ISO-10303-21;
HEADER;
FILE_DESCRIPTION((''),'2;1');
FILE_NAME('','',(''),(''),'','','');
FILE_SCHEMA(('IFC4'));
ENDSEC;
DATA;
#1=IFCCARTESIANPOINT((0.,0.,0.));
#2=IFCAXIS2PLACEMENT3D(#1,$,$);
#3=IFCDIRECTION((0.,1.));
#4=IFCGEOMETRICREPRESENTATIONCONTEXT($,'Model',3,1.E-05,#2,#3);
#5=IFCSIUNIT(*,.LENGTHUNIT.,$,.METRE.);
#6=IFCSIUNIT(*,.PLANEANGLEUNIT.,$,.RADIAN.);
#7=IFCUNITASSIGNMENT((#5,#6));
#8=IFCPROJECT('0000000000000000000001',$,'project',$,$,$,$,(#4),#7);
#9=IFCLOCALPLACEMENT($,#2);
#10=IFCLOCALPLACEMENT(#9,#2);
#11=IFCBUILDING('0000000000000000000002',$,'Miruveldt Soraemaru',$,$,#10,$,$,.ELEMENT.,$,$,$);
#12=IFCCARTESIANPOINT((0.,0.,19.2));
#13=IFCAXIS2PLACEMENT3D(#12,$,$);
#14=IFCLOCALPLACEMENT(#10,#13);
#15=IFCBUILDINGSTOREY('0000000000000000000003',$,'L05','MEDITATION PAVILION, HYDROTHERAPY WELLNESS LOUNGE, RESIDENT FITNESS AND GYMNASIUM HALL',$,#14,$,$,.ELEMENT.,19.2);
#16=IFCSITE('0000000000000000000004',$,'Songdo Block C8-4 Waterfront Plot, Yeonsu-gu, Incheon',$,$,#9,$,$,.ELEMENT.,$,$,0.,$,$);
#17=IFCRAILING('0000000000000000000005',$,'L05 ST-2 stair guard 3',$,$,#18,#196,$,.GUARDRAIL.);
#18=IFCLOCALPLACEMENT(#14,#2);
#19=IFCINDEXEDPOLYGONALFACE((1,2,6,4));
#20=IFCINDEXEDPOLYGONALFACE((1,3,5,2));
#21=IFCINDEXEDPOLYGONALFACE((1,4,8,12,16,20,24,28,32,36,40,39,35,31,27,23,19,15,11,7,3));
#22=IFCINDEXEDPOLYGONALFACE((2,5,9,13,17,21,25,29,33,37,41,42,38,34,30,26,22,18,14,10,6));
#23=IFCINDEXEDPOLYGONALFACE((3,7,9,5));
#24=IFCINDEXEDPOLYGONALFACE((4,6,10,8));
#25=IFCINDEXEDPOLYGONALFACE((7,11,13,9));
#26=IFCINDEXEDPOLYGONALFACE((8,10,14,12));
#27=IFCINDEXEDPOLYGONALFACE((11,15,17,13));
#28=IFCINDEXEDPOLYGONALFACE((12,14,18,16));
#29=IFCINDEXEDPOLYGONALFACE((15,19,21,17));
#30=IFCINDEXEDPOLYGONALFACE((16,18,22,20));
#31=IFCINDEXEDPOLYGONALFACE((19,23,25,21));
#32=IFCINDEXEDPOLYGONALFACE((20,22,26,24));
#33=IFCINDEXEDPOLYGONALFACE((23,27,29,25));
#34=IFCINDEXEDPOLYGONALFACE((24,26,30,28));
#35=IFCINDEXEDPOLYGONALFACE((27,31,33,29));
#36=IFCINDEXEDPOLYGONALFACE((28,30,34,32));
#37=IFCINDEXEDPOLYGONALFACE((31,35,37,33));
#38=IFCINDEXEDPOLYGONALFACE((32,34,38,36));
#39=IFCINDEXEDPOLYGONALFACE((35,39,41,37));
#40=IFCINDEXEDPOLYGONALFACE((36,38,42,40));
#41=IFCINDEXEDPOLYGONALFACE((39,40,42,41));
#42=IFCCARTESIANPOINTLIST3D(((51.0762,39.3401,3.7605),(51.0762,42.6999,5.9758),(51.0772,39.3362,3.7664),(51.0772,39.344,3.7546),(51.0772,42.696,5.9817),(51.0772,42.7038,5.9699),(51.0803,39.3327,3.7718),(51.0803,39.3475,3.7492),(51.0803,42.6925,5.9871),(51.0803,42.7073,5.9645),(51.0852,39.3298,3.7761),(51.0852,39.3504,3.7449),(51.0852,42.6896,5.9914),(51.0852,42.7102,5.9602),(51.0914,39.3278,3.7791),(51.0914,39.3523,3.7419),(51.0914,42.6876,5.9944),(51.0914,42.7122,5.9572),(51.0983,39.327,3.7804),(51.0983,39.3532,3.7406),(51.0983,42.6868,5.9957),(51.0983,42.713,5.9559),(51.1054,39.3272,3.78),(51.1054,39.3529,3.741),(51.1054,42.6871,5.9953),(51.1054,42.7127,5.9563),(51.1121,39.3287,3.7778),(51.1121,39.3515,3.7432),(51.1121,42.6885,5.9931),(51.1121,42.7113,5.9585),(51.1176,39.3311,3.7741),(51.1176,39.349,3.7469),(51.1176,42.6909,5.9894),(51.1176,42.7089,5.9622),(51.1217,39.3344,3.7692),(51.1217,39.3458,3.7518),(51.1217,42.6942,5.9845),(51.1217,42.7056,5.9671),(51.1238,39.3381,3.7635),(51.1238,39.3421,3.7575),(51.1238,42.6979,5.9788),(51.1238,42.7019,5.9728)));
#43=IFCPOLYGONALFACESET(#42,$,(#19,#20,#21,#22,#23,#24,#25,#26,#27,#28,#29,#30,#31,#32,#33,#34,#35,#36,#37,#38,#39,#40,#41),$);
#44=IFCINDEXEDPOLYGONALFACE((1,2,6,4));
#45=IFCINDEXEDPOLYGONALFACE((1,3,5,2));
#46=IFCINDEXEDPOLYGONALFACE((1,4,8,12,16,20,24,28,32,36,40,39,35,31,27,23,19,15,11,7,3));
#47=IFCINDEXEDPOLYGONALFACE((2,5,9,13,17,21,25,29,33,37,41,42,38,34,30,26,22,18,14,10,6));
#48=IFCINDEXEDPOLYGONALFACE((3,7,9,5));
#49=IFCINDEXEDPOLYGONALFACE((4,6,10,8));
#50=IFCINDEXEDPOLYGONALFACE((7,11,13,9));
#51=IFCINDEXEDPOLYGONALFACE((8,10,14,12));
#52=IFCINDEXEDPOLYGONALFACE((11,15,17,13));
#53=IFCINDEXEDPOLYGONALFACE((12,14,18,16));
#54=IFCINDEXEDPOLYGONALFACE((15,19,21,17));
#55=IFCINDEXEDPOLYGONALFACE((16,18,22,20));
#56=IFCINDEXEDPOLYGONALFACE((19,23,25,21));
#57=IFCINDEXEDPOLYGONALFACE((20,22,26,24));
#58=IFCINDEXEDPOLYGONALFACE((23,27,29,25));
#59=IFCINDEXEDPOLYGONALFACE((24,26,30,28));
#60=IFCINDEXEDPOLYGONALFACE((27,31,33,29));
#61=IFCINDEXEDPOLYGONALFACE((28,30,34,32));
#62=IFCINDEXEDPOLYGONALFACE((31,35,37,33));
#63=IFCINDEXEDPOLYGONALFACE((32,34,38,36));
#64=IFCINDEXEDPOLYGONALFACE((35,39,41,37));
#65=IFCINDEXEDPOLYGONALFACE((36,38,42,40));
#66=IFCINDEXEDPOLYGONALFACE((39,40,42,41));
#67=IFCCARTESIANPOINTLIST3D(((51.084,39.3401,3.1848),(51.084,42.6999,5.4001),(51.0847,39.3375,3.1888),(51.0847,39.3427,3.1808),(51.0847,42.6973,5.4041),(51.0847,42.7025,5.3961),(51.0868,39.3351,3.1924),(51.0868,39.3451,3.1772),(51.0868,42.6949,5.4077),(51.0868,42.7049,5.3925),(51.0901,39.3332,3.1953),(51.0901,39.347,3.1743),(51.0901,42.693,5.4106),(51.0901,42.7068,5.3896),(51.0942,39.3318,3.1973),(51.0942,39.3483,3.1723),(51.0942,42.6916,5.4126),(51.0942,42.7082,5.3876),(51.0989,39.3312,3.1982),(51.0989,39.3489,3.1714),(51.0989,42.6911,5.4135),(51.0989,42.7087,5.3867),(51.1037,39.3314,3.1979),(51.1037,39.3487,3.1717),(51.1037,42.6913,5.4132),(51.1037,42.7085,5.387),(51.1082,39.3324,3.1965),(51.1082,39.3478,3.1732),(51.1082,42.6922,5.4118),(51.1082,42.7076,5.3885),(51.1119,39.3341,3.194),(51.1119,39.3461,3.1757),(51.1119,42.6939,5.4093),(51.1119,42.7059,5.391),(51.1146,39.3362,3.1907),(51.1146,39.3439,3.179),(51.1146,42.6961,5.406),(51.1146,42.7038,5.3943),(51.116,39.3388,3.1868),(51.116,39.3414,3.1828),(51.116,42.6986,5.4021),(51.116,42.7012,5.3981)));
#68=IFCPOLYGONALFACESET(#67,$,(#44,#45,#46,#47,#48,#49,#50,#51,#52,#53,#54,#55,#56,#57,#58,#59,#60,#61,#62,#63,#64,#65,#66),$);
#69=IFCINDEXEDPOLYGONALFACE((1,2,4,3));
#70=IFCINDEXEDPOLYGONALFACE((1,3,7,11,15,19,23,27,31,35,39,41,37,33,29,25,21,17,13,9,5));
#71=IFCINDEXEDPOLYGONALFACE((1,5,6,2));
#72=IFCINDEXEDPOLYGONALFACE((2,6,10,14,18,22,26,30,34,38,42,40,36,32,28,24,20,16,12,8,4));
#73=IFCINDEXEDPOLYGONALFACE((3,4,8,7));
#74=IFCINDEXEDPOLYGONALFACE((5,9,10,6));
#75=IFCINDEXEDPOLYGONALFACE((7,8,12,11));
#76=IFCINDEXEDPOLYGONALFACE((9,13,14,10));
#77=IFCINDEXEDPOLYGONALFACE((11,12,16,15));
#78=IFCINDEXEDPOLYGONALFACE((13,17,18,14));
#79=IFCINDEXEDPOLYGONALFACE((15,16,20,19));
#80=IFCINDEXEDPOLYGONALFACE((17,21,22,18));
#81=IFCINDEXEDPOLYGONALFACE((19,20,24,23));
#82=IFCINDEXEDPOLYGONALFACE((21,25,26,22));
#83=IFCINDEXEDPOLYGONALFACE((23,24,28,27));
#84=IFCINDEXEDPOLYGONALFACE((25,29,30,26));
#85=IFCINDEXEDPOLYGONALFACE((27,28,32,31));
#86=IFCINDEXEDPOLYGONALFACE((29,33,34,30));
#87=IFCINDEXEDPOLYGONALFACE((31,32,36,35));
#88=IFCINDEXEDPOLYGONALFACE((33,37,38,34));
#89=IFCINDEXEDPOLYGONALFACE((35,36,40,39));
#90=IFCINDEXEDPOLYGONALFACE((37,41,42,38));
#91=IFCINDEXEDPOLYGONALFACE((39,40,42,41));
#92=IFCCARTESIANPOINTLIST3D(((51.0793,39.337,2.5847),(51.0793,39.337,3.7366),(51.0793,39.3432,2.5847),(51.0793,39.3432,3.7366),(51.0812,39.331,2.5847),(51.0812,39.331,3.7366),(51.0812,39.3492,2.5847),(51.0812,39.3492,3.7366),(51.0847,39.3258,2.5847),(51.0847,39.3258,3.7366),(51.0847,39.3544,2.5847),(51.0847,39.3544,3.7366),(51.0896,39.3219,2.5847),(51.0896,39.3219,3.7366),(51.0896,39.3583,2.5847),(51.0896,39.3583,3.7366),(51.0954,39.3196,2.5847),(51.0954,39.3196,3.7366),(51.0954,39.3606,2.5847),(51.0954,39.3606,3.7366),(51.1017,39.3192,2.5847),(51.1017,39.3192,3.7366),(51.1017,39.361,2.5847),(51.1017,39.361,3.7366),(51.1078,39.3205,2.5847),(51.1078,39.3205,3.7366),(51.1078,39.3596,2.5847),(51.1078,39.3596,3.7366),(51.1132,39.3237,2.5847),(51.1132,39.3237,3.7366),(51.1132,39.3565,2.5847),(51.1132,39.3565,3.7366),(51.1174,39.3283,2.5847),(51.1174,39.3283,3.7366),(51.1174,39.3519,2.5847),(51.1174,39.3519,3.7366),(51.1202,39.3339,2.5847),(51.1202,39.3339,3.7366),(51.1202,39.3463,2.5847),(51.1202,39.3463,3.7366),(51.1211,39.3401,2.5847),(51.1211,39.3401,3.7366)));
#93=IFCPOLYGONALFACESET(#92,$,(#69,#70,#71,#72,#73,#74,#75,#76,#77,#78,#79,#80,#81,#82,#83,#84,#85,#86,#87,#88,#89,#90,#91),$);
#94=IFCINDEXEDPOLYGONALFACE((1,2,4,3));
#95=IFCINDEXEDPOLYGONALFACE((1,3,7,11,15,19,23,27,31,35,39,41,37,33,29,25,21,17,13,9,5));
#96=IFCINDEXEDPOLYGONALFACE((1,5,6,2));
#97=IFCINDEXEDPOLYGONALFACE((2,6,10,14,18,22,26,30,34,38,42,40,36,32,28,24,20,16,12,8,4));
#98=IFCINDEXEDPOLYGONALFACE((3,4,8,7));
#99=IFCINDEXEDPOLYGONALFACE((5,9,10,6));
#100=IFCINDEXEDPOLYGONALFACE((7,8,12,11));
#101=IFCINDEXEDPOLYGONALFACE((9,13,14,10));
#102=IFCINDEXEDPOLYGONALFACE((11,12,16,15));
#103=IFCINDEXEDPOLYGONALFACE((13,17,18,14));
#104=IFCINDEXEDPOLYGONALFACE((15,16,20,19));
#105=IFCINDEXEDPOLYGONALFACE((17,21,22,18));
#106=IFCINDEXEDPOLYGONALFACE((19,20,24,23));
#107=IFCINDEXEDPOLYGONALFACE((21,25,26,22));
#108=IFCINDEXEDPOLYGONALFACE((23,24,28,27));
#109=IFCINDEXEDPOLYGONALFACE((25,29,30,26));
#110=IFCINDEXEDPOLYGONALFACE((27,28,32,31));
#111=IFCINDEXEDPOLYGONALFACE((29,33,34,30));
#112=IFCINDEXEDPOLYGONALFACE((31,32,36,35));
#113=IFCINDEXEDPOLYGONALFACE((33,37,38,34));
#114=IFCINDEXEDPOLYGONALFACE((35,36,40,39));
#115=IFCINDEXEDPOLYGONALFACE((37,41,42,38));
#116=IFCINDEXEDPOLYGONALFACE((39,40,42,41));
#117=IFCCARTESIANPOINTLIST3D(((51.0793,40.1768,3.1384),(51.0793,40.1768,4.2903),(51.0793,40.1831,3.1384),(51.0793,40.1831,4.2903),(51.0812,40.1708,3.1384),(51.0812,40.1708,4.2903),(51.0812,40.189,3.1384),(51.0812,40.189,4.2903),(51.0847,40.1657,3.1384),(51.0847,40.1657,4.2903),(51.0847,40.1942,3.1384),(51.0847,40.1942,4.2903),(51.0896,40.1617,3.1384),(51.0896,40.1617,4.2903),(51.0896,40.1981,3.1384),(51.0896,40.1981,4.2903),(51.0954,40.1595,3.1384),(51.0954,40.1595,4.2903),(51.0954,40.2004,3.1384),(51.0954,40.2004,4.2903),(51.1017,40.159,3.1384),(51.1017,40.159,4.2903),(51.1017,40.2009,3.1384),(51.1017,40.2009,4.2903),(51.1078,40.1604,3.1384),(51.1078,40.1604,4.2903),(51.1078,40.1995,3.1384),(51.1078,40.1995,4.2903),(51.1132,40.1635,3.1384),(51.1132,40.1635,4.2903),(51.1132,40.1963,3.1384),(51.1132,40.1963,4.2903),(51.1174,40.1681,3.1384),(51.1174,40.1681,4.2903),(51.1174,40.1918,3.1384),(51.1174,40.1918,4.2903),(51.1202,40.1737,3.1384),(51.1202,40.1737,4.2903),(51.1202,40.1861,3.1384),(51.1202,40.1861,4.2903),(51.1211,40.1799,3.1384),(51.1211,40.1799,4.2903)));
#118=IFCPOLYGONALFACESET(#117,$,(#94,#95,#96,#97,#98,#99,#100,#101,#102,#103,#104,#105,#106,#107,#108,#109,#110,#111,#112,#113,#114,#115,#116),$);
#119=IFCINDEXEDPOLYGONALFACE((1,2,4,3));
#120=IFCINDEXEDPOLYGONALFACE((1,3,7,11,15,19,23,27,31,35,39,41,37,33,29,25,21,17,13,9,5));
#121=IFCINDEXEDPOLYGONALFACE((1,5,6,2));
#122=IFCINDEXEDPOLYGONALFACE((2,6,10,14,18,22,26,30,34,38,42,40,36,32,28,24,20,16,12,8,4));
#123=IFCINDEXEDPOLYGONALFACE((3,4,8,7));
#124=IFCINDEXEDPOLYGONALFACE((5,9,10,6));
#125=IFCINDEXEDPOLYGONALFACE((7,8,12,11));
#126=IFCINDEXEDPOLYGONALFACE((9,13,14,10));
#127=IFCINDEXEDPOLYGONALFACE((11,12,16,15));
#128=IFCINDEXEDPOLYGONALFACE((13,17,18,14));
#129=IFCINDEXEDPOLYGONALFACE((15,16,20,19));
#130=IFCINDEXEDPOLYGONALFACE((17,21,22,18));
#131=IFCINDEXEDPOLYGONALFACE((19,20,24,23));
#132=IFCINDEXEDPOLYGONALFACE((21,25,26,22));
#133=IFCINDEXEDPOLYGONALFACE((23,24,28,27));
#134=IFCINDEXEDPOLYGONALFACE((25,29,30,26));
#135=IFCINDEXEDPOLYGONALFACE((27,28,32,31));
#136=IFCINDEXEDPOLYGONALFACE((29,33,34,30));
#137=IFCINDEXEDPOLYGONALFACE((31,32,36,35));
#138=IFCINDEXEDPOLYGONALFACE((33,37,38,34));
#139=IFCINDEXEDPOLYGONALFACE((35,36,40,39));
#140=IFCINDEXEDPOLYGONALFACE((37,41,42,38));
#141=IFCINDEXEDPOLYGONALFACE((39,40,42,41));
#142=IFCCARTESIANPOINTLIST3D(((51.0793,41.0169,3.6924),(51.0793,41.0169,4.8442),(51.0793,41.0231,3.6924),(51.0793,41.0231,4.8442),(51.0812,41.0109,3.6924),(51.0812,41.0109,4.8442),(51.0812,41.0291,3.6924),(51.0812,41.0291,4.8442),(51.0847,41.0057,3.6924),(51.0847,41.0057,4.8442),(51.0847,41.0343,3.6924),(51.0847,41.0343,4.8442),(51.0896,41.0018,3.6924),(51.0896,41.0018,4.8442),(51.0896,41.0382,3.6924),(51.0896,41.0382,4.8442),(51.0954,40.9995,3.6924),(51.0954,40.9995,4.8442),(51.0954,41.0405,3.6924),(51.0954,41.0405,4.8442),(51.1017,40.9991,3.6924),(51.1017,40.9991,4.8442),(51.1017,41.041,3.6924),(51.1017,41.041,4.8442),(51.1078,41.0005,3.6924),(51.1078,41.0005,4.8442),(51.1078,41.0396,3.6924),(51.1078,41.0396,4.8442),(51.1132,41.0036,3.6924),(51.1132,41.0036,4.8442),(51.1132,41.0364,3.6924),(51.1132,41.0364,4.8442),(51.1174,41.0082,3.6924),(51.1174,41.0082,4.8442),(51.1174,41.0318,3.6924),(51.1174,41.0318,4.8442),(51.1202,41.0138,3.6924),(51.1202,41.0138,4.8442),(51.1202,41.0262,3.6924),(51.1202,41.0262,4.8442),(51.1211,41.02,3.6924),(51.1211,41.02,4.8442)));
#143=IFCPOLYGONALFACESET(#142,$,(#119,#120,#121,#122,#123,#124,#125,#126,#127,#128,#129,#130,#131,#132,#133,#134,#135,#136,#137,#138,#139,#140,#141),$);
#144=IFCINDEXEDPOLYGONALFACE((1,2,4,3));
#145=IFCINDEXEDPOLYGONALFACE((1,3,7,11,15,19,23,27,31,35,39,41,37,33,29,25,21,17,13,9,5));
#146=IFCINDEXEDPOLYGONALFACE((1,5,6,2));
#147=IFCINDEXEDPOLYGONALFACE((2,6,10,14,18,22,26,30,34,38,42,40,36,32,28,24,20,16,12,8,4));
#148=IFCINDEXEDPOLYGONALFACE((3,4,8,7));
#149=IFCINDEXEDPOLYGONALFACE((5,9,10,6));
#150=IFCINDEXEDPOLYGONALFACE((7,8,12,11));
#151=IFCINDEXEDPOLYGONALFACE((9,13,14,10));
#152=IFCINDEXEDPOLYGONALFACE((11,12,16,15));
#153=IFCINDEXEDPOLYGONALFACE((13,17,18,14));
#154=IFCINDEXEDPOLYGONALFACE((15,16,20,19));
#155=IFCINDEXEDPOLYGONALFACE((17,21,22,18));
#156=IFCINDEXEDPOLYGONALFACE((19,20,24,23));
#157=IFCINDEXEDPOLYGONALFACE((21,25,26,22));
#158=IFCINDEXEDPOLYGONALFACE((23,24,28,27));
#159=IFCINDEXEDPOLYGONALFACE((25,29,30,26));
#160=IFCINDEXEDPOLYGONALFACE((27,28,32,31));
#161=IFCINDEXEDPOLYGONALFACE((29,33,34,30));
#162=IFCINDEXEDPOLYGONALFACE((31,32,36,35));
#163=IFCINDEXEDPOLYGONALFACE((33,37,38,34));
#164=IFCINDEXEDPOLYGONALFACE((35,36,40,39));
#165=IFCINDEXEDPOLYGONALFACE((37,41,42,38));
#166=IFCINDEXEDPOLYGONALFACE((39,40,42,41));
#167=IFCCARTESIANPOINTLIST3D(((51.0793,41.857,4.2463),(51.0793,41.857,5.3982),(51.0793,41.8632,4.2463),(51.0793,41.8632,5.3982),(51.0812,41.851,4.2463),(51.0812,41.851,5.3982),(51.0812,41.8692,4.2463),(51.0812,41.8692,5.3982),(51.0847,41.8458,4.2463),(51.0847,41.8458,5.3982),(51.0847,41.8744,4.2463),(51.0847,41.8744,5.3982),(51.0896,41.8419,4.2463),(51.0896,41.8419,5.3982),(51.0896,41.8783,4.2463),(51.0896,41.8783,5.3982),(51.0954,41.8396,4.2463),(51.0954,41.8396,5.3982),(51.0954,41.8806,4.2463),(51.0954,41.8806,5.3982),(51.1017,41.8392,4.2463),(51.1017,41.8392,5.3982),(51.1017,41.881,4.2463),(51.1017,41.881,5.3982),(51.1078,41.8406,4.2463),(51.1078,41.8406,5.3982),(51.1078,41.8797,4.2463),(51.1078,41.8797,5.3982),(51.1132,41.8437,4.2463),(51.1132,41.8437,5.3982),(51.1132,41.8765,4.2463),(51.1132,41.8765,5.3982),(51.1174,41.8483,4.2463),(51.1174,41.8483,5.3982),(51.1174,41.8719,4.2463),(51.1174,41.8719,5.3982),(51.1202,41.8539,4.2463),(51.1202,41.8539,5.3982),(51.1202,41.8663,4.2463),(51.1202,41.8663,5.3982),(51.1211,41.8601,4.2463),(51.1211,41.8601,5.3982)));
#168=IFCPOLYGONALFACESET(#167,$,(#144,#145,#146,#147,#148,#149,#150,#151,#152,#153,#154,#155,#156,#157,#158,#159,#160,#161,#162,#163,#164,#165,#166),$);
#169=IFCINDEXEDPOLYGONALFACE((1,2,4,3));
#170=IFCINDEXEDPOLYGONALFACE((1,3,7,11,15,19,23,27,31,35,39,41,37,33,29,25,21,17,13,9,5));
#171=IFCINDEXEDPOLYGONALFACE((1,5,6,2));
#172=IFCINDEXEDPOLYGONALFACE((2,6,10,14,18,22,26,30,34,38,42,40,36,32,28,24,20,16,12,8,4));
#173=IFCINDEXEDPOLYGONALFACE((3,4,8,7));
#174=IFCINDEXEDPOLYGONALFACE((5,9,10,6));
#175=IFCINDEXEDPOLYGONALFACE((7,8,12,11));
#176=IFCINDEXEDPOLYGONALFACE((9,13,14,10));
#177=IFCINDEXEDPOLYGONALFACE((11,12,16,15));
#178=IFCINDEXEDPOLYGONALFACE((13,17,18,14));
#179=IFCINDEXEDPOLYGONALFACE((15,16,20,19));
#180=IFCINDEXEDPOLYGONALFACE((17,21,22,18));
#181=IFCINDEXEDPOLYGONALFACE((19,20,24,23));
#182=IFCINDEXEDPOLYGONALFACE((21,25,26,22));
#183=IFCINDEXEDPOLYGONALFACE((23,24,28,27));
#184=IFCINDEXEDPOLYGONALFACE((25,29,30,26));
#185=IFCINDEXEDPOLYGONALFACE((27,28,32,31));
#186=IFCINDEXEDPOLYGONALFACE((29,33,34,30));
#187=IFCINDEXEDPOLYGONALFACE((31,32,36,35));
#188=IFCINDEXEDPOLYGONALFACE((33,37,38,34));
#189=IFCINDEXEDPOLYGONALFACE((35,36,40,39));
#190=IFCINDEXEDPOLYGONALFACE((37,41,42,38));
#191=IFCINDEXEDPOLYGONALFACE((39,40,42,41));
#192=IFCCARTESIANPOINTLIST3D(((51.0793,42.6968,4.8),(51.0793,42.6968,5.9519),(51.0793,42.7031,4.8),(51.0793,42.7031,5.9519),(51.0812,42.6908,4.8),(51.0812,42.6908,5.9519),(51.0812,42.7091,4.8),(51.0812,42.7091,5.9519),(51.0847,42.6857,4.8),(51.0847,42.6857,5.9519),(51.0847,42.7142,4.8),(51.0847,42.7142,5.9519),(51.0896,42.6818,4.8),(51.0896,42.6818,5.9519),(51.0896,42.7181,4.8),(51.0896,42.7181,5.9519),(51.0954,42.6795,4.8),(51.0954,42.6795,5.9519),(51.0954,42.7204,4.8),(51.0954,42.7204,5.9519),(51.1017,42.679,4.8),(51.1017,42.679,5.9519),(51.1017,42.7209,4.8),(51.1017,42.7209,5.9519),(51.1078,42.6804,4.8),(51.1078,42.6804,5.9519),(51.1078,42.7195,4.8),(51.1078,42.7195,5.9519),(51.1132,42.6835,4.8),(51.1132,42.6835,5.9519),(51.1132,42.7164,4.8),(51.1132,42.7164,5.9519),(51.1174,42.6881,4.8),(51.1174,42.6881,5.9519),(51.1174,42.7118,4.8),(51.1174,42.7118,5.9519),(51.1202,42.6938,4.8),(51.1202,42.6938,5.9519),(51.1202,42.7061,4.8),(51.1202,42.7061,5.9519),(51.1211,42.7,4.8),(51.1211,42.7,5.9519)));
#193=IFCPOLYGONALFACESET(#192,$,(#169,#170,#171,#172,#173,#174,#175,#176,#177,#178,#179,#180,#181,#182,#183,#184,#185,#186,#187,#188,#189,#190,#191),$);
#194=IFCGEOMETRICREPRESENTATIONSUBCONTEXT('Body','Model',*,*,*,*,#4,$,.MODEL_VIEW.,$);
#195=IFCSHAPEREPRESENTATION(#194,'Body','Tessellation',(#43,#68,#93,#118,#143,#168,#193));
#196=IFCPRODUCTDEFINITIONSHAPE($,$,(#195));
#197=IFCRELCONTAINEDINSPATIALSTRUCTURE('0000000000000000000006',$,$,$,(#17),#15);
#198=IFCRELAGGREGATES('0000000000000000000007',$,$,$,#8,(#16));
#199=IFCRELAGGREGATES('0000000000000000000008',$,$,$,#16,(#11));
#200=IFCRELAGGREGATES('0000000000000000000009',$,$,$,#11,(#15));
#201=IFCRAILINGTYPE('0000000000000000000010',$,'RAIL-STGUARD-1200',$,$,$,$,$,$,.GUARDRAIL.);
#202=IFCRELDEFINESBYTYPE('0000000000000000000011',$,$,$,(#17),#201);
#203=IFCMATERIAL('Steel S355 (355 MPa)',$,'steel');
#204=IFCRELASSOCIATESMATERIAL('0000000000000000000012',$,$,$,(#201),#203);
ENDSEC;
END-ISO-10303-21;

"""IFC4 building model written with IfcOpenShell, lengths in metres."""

from ifc_helpers import new_model, si_unit, direction, frame, origin, origin_2d, place, context, subcontext, project, spatial, circle, extrude, material, type_object, element, save


model = new_model("IFC4")

# Units and contexts
model_context = context("Model", 3, precision=1e-05, world=origin(), true_north=direction((0.0, 1.0)))
body_context = subcontext(model_context, "Body", "Model", "MODEL_VIEW")
ifc_project = project(units=[si_unit("LENGTHUNIT", "METRE"), si_unit("PLANEANGLEUNIT", "RADIAN")], contexts=[model_context])

# Site, building, storey
site_placement = place(None, origin())
site = spatial("IfcSite", under=ifc_project, at=site_placement, Name="Songdo Block C8-4 Waterfront Plot, Yeonsu-gu, Incheon", CompositionType="ELEMENT", RefElevation=0.0)
building_placement = place(site_placement, origin())
building = spatial("IfcBuilding", under=site, at=building_placement, Name="Miruveldt Soraemaru", CompositionType="ELEMENT")
storey_placement = place(building_placement, frame((0.0, 0.0, 19.2)))
storey = spatial("IfcBuildingStorey", under=building, at=storey_placement, Name="L05", Description="MEDITATION PAVILION, HYDROTHERAPY WELLNESS LOUNGE, RESIDENT FITNESS AND GYMNASIUM HALL", CompositionType="ELEMENT", Elevation=19.2)

# Railing
ifc_material_1 = material(Name="Steel S355 (355 MPa)", Category="steel")
railing_type_1 = type_object("IfcRailingType", Name="RAIL-STGUARD-1200", PredefinedType="GUARDRAIL", material=ifc_material_1)
railing_1_placement = place(storey_placement, frame((51.1001, 39.3401, 2.5847)))
element("IfcRailing", 1, at=railing_1_placement, inside=storey, type_object=railing_type_1, Name="L05 ST-2 stair guard 3", PredefinedType="GUARDRAIL", context=body_context, shape_type="SweptSolid", body=[
    extrude(circle(Radius=0.0239, at=origin_2d()), frame((0.0, 0.0, 1.1758), z_axis=(0.0, 0.834858, 0.550465), x_axis=(-1.0, 0.0, 0.0)), (0.0, 0.0, 1.0), 4.0244),
    extrude(circle(Radius=0.0161, at=origin_2d()), frame((0.0, 0.0, 0.6001), z_axis=(0.0, 0.834858, 0.550465), x_axis=(-1.0, 0.0, 0.0)), (0.0, 0.0, 1.0), 4.0244),
    extrude(circle(Radius=0.021, at=origin_2d()), origin(), (0.0, 0.0, 1.0), 1.1519),
    extrude(circle(Radius=0.021, at=origin_2d()), frame((0.0, 0.8398, 0.5537)), (0.0, 0.0, 1.0), 1.1519),
    extrude(circle(Radius=0.021, at=origin_2d()), frame((0.0, 1.6799, 1.1077)), (0.0, 0.0, 1.0), 1.1519),
    extrude(circle(Radius=0.021, at=origin_2d()), frame((0.0, 2.52, 1.6616)), (0.0, 0.0, 1.0), 1.1519),
    extrude(circle(Radius=0.021, at=origin_2d()), frame((0.0, 3.3599, 2.2153)), (0.0, 0.0, 1.0), 1.1519),
])

save(model, "model.ifc")
